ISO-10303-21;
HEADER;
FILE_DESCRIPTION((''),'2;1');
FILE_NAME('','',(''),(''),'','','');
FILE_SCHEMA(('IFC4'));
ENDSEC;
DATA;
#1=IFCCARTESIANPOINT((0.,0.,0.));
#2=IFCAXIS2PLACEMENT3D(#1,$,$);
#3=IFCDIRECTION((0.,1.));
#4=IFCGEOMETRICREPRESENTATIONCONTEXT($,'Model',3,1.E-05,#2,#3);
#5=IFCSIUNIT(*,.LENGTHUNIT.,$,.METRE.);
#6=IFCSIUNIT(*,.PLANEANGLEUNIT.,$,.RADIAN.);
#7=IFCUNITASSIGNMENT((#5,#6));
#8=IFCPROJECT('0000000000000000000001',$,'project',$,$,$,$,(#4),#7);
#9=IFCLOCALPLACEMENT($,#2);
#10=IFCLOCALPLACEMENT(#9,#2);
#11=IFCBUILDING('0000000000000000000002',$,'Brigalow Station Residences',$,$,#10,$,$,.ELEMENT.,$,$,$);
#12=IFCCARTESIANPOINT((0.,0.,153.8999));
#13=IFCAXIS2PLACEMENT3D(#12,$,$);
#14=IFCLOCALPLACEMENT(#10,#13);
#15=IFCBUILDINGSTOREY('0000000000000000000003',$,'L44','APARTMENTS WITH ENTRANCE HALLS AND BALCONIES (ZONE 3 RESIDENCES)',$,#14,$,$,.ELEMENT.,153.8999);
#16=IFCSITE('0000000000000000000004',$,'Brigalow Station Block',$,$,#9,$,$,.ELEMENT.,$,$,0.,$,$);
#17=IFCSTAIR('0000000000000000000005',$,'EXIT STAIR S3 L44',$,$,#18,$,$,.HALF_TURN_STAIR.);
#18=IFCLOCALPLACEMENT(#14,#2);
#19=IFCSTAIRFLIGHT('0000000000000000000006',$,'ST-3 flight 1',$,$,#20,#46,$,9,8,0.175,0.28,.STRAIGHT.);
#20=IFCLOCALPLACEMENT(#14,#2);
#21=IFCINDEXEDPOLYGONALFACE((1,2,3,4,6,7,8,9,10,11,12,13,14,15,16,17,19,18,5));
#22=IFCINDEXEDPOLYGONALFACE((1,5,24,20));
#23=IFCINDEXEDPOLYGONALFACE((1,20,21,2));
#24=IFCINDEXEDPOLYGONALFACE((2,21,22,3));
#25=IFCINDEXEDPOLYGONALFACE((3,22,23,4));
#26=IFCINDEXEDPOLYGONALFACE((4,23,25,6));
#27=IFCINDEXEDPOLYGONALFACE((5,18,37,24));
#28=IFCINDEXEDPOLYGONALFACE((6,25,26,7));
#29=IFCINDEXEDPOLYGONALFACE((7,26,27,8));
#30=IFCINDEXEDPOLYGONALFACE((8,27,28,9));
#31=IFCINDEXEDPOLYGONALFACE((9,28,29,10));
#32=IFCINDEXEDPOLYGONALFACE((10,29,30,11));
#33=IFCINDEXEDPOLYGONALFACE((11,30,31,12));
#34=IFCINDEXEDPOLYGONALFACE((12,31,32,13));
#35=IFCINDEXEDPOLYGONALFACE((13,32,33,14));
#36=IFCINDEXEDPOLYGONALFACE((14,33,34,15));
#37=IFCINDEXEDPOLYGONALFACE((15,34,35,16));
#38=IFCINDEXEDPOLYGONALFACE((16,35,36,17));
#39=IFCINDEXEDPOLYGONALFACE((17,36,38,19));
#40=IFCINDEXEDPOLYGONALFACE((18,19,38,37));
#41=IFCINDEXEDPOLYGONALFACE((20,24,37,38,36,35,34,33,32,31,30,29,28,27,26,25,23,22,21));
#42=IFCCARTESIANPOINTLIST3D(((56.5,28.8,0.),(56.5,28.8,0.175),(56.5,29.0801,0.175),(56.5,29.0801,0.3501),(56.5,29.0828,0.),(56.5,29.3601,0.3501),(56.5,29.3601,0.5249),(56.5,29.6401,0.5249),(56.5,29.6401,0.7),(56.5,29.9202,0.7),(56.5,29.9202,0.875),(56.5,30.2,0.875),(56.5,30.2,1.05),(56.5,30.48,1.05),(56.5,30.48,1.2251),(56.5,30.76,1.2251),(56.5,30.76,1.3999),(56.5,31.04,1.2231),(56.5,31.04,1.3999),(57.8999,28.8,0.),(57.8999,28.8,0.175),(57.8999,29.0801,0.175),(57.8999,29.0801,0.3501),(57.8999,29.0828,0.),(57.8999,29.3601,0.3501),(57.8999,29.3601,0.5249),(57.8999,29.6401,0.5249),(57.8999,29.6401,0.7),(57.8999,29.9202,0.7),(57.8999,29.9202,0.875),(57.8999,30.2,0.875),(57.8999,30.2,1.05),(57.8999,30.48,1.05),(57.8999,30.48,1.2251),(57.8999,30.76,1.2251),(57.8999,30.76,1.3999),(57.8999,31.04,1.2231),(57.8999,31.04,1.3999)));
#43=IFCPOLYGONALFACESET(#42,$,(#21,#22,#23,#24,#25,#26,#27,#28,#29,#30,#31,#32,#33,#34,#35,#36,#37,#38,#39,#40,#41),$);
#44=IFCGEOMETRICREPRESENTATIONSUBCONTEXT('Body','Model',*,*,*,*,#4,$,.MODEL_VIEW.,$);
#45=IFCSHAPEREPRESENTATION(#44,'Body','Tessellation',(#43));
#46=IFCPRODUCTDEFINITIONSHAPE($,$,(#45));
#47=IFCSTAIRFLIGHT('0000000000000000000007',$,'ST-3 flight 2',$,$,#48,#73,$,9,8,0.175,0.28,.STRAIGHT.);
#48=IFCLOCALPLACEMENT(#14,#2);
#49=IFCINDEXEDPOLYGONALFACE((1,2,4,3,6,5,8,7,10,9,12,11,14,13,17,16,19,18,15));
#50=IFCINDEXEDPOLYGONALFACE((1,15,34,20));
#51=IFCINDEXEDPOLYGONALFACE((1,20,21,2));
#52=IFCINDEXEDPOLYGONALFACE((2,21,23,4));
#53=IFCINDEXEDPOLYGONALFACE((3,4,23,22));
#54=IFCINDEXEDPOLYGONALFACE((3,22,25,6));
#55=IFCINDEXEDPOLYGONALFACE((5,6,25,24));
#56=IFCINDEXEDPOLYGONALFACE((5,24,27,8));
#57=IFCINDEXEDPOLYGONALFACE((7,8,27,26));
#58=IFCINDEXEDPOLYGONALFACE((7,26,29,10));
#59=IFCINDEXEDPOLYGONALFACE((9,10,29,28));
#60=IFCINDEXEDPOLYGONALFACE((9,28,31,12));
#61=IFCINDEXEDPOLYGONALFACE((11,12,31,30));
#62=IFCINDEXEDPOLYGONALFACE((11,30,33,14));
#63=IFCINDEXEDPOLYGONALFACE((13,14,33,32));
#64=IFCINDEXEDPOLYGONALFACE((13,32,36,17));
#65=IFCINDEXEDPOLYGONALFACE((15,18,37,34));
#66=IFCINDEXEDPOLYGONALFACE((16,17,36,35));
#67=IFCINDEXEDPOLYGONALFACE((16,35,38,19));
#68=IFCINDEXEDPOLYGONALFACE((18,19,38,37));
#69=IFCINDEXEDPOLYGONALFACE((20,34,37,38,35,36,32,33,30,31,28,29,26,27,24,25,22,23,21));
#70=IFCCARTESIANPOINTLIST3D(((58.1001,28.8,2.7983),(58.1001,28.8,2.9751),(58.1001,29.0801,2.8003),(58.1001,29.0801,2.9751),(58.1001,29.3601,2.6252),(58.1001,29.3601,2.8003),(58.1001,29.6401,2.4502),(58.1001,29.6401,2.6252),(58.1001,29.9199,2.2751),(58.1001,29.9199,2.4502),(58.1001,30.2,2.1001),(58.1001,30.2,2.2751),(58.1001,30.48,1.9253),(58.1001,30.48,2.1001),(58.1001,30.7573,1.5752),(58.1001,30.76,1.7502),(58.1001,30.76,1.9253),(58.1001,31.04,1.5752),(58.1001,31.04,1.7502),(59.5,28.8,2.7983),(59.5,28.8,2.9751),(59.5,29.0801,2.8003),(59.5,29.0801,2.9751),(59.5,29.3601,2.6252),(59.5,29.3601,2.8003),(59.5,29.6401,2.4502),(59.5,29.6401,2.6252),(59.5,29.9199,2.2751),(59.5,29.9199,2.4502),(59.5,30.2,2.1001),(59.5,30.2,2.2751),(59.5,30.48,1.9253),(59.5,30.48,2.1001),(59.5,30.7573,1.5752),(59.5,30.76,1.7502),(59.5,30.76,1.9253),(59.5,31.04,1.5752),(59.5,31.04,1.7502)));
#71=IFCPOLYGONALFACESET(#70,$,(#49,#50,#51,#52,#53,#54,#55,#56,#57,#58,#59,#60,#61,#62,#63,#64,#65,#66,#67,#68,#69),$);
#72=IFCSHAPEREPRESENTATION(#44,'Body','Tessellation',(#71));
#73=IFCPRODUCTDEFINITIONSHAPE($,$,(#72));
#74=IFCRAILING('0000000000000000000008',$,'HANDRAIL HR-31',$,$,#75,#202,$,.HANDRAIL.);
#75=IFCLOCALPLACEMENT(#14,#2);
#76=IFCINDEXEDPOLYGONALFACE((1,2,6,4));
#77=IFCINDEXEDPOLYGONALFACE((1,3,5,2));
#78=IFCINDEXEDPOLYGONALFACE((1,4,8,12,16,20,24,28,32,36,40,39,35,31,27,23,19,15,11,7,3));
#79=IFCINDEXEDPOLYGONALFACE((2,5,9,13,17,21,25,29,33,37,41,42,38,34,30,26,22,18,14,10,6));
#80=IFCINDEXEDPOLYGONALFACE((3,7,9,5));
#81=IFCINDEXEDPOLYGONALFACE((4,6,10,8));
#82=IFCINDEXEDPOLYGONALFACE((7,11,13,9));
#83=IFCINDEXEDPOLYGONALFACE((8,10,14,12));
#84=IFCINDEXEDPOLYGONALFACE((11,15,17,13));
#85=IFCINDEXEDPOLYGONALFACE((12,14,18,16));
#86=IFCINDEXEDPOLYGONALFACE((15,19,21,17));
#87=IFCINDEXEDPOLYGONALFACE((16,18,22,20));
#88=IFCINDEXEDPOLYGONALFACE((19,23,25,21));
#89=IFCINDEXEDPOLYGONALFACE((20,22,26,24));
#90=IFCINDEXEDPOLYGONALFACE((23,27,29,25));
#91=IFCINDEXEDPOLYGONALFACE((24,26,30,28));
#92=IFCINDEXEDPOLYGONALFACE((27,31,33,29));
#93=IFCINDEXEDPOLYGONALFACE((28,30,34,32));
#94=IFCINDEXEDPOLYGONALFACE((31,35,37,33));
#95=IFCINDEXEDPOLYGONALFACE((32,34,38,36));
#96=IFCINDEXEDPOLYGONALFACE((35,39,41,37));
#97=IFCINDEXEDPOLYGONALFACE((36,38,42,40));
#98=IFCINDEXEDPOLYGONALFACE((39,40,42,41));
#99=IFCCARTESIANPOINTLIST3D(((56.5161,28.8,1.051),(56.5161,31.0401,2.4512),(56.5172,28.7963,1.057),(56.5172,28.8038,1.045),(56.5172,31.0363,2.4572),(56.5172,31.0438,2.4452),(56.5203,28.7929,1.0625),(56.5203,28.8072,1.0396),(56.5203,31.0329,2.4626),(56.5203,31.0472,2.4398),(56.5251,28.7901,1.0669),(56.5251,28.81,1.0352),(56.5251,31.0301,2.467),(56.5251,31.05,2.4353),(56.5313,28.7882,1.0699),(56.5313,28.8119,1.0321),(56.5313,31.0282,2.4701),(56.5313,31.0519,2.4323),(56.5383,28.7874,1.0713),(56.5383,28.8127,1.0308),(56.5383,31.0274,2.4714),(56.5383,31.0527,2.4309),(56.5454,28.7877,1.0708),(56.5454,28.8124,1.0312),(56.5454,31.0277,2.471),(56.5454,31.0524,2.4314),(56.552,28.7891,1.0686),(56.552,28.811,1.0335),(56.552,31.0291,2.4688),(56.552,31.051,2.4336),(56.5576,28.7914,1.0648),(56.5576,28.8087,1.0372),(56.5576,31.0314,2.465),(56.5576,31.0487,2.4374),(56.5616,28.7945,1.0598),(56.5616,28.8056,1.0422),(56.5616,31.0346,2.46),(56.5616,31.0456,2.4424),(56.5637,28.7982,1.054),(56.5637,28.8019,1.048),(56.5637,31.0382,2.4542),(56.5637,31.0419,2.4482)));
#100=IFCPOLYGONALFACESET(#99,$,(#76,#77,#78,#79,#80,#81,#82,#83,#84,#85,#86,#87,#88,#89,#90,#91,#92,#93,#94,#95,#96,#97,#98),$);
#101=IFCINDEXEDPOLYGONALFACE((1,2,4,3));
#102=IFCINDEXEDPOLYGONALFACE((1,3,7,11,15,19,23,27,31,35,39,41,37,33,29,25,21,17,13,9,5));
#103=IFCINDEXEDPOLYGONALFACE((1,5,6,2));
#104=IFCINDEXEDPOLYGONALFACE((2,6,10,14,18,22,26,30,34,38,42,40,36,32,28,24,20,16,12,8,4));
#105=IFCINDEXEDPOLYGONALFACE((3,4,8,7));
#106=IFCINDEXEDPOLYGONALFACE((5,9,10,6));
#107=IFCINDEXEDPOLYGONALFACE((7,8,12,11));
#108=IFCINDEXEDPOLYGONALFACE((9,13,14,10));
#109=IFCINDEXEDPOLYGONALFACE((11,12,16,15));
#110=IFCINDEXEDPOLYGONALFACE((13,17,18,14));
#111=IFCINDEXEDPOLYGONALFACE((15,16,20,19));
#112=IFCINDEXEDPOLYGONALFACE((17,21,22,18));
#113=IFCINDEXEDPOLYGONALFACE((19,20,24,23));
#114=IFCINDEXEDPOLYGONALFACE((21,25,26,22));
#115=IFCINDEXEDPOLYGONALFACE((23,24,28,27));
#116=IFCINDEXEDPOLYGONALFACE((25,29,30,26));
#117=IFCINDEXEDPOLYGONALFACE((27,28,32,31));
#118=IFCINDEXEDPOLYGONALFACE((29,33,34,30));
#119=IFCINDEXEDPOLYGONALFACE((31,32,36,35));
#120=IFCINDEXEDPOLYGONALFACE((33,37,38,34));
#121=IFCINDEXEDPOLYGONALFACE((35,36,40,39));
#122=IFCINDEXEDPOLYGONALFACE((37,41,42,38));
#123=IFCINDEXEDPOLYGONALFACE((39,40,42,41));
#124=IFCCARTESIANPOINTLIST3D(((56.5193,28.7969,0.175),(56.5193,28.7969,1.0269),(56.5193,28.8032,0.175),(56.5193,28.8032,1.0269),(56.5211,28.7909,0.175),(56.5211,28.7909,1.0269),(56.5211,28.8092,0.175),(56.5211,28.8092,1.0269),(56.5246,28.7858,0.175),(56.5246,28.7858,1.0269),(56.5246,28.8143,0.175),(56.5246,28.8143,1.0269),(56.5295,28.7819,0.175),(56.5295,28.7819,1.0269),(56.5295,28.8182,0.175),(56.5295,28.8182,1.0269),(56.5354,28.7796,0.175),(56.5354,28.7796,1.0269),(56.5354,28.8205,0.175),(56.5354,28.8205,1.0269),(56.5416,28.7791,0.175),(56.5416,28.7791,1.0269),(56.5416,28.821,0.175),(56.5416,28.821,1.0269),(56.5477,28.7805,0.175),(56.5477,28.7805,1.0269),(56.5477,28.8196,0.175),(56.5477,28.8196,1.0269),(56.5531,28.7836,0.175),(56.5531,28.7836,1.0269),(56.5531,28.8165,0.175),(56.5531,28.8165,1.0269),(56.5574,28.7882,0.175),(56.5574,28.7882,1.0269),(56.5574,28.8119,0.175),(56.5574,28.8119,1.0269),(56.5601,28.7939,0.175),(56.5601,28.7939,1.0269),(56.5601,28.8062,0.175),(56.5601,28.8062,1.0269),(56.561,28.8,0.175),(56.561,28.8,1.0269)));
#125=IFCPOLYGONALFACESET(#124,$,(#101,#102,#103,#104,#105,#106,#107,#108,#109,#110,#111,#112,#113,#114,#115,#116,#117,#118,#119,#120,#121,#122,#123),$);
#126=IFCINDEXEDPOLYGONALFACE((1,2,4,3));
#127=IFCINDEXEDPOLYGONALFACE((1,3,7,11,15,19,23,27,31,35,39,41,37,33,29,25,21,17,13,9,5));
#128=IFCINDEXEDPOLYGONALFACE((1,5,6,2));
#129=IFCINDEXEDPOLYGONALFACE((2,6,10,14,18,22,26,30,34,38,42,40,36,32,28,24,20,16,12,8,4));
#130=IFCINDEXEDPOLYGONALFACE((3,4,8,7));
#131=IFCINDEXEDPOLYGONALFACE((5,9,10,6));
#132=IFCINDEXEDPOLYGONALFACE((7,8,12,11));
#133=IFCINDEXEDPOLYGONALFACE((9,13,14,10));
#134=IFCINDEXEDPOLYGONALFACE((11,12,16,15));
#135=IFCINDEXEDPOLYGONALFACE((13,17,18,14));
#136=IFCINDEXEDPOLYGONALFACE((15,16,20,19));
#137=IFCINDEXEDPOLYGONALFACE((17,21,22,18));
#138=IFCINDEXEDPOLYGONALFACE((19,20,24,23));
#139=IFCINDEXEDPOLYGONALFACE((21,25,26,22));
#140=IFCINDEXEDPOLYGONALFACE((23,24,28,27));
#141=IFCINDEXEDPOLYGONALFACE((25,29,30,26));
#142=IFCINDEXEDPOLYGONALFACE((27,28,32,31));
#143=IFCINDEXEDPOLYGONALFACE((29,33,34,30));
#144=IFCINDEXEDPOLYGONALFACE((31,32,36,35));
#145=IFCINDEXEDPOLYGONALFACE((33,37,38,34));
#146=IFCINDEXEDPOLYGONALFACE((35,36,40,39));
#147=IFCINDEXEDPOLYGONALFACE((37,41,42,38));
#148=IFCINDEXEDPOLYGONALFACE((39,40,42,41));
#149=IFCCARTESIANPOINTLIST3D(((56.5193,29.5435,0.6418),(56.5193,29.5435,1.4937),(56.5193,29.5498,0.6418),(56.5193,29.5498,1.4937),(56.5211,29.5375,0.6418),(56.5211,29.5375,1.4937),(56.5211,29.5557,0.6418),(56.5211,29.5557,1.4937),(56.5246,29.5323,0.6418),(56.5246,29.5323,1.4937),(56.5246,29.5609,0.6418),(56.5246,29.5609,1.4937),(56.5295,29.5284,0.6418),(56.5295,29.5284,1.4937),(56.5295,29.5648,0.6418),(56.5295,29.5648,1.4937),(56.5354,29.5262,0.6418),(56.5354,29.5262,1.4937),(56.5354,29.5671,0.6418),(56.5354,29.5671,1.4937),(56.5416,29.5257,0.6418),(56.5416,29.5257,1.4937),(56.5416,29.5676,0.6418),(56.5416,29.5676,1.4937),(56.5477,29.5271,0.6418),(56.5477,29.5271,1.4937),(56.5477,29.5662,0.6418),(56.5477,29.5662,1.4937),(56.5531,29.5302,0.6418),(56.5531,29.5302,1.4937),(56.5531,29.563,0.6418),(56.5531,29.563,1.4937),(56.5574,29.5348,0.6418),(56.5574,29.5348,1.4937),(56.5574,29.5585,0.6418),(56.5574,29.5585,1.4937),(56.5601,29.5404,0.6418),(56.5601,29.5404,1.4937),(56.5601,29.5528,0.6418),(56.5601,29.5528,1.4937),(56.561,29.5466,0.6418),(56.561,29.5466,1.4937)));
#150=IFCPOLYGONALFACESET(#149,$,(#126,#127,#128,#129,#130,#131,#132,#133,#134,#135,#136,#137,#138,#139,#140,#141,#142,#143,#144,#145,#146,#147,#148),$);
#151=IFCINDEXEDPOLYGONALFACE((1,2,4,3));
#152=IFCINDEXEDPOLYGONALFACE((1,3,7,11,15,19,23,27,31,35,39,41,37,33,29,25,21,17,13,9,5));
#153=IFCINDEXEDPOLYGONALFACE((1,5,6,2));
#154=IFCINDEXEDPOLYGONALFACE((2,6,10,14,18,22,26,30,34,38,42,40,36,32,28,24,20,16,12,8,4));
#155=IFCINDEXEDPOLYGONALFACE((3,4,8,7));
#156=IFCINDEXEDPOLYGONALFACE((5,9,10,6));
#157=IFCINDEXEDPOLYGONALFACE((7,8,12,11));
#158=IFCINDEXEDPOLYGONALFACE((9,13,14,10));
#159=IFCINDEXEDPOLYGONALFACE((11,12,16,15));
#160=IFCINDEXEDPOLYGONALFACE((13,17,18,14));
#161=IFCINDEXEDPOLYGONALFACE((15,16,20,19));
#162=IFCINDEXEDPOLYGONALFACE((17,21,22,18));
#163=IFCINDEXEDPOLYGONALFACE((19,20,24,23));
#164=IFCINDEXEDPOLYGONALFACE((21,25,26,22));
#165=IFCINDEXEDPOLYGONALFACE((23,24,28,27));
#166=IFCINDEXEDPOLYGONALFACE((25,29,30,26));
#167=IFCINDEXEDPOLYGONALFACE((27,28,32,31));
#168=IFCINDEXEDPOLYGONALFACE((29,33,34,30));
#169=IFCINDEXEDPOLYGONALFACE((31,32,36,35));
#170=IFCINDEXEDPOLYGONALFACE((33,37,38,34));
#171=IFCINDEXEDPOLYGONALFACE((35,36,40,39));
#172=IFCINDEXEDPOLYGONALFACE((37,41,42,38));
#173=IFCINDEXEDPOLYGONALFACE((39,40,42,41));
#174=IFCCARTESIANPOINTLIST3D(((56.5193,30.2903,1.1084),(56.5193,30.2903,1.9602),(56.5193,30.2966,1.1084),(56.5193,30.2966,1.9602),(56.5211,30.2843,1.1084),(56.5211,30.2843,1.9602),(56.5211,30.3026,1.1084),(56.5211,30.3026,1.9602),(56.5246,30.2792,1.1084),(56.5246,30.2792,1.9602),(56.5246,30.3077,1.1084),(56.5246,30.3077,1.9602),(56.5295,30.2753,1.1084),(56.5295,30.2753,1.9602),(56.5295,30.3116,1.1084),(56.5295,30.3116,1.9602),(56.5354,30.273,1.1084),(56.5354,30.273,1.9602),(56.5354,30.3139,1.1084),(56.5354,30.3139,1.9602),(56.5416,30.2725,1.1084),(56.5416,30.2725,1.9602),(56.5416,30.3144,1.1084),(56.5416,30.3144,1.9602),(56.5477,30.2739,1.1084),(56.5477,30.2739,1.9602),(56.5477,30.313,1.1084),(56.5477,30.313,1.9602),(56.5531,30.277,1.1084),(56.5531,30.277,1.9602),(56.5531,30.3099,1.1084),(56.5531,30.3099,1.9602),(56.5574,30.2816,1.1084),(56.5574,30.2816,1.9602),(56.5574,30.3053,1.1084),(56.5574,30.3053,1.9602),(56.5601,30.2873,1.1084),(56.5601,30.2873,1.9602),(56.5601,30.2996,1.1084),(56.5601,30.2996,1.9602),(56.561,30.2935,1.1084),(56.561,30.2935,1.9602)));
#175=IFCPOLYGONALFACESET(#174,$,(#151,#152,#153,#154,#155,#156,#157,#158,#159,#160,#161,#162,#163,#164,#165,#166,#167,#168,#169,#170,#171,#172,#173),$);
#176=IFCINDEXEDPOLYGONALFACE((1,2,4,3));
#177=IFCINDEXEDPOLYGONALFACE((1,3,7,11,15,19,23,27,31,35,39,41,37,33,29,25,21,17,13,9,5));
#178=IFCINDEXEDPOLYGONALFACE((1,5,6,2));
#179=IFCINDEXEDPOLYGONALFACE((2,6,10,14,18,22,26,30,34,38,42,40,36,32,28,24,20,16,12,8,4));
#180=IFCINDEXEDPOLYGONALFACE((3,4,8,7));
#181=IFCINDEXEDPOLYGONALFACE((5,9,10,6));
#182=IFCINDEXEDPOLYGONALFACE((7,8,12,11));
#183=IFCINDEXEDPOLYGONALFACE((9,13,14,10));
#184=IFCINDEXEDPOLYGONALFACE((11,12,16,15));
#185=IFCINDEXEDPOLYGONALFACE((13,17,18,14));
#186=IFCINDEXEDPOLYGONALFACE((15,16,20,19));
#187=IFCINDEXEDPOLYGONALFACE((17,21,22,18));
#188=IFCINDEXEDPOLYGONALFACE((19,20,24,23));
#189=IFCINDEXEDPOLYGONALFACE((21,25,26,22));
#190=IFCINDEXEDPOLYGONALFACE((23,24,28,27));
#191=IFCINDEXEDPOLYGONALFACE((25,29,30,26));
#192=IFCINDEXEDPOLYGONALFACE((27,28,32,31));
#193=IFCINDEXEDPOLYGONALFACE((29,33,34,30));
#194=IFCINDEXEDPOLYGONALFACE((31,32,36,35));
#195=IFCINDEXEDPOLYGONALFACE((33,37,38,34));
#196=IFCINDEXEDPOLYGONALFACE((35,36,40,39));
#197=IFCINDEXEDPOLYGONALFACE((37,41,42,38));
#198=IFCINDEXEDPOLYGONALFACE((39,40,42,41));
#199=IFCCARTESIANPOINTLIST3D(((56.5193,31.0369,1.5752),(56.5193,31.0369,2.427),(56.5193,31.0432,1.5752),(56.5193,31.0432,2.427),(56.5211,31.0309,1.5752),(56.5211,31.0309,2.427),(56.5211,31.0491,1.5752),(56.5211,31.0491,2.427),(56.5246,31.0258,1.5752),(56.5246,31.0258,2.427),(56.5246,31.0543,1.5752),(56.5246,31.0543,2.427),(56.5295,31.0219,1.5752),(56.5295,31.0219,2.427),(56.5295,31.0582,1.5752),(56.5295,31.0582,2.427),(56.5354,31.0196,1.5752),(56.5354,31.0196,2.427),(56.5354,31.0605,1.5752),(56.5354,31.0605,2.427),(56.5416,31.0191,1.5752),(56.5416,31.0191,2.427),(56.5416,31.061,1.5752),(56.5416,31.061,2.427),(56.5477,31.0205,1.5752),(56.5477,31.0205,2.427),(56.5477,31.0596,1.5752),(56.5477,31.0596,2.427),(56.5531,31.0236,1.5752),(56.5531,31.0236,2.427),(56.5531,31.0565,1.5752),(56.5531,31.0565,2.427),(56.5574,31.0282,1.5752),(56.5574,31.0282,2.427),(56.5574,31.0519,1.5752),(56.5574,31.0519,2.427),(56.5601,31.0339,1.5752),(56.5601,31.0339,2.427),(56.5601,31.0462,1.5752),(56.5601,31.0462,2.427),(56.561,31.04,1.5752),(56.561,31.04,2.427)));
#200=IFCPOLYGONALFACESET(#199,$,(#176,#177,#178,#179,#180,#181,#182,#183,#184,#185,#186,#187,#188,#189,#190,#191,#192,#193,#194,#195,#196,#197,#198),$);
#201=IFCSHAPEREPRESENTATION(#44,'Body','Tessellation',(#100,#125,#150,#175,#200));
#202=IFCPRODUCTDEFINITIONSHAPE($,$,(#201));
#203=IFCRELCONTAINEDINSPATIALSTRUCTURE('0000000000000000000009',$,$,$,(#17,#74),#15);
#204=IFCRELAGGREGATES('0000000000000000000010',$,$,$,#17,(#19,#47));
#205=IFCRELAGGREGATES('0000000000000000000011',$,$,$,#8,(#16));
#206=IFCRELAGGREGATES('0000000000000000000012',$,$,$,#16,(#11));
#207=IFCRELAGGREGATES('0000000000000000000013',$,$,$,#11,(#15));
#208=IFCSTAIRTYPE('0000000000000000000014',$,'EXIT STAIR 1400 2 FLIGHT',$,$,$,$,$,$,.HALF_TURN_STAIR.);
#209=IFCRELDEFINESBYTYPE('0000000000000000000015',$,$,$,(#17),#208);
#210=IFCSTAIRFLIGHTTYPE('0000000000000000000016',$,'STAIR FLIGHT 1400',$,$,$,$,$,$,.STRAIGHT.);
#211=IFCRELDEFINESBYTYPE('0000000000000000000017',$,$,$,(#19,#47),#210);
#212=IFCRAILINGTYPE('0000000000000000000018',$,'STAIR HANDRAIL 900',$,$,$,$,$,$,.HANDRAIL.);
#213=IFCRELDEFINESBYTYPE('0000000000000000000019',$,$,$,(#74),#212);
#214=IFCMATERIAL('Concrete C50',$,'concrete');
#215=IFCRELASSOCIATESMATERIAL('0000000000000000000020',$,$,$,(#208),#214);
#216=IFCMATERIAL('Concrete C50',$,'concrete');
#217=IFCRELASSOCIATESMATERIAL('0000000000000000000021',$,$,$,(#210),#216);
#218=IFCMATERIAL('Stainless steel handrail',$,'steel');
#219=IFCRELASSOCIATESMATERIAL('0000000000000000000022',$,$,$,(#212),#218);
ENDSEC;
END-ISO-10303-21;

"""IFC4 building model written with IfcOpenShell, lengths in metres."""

from ifc_helpers import new_model, si_unit, direction, frame, origin, origin_2d, place, context, subcontext, project, spatial, polyline, circle, outline, extrude, material, type_object, element, aggregate, save


model = new_model("IFC4")

# Units and contexts
model_context = context("Model", 3, precision=1e-05, world=origin(), true_north=direction((0.0, 1.0)))
body_context = subcontext(model_context, "Body", "Model", "MODEL_VIEW")
ifc_project = project(units=[si_unit("LENGTHUNIT", "METRE"), si_unit("PLANEANGLEUNIT", "RADIAN")], contexts=[model_context])

# Site, building, storey
site_placement = place(None, origin())
site = spatial("IfcSite", under=ifc_project, at=site_placement, Name="Brigalow Station Block", CompositionType="ELEMENT", RefElevation=0.0)
building_placement = place(site_placement, origin())
building = spatial("IfcBuilding", under=site, at=building_placement, Name="Brigalow Station Residences", CompositionType="ELEMENT")
storey_placement = place(building_placement, frame((0.0, 0.0, 153.8999)))
storey = spatial("IfcBuildingStorey", under=building, at=storey_placement, Name="L44", Description="APARTMENTS WITH ENTRANCE HALLS AND BALCONIES (ZONE 3 RESIDENCES)", CompositionType="ELEMENT", Elevation=153.8999)

# Stair, stair flights
ifc_material_1 = material(Name="Concrete C50", Category="concrete")
stair_type = type_object("IfcStairType", Name="EXIT STAIR 1400 2 FLIGHT", PredefinedType="HALF_TURN_STAIR", material=ifc_material_1)
stair_placement = place(storey_placement, origin())
stair = element("IfcStair", 1, at=stair_placement, inside=storey, type_object=stair_type, Name="EXIT STAIR S3 L44", PredefinedType="HALF_TURN_STAIR")
ifc_material_2 = material(Name="Concrete C50", Category="concrete")
stair_flight_type = type_object("IfcStairFlightType", Name="STAIR FLIGHT 1400", PredefinedType="STRAIGHT", material=ifc_material_2)
stair_flight_1_placement = place(storey_placement, frame((57.2, 28.8, 0.0), z_axis=(0.0, 0.0, 1.0), x_axis=(0.0, 1.0, 0.0)))
stair_flight_1 = element("IfcStairFlight", 2, at=stair_flight_1_placement, type_object=stair_flight_type, Name="ST-3 flight 1", NumberOfRisers=9, NumberOfTreads=8, PredefinedType="STRAIGHT", RiserHeight=0.175, TreadLength=0.28, context=body_context, shape_type="SweptSolid", body=[
    extrude(outline(polyline([(0.0, 0.0), (0.0, 0.175), (0.28, 0.175), (0.28, 0.3501), (0.5601, 0.3501), (0.5601, 0.5249), (0.8401, 0.5249), (0.8401, 0.7), (1.1201, 0.7), (1.1201, 0.875), (1.3999, 0.875), (1.3999, 1.05), (1.6799, 1.05), (1.6799, 1.2251), (1.96, 1.2251), (1.96, 1.3999), (2.24, 1.3999), (2.24, 1.575), (2.24, 1.2231), (0.2827, 0.0), (0.0, 0.0)])), frame((0.0, 0.7, 0.0), z_axis=(0.0, -1.0, 0.0), x_axis=(1.0, 0.0, 0.0)), (0.0, 0.0, 1.0), 1.3999),
])
stair_flight_2_placement = place(storey_placement, frame((58.8, 31.04, 1.5752), z_axis=(0.0, 0.0, 1.0), x_axis=(0.0, -1.0, 0.0)))
stair_flight_2 = element("IfcStairFlight", 3, at=stair_flight_2_placement, type_object=stair_flight_type, Name="ST-3 flight 2", NumberOfRisers=9, NumberOfTreads=8, PredefinedType="STRAIGHT", RiserHeight=0.175, TreadLength=0.28, context=body_context, shape_type="SweptSolid", body=[
    extrude(outline(polyline([(0.0, 0.0), (0.0, 0.175), (0.28, 0.175), (0.28, 0.3501), (0.5601, 0.3501), (0.5601, 0.5249), (0.8401, 0.5249), (0.8401, 0.7), (1.1201, 0.7), (1.1201, 0.875), (1.3999, 0.875), (1.3999, 1.05), (1.6799, 1.05), (1.6799, 1.2251), (1.96, 1.2251), (1.96, 1.3999), (2.24, 1.3999), (2.24, 1.575), (2.24, 1.2231), (0.2827, 0.0), (0.0, 0.0)])), frame((0.0, 0.7, 0.0), z_axis=(0.0, -1.0, 0.0), x_axis=(1.0, 0.0, 0.0)), (0.0, 0.0, 1.0), 1.3999),
])
aggregate(stair, [stair_flight_1, stair_flight_2])

# Railing
ifc_material_3 = material(Name="Stainless steel handrail", Category="steel")
railing_type_1 = type_object("IfcRailingType", Name="STAIR HANDRAIL 900", PredefinedType="HANDRAIL", material=ifc_material_3)
railing_1_placement = place(storey_placement, frame((56.54, 28.8, 0.175)))
element("IfcRailing", 4, at=railing_1_placement, inside=storey, type_object=railing_type_1, Name="HANDRAIL HR-31", PredefinedType="HANDRAIL", context=body_context, shape_type="SweptSolid", body=[
    extrude(circle(Radius=0.0239, at=origin_2d()), frame((0.0, 0.0, 0.876), z_axis=(0.0, 0.847972, 0.53004), x_axis=(-1.0, 0.0, 0.0)), (0.0, 0.0, 1.0), 2.6416),
    extrude(circle(Radius=0.021, at=origin_2d()), origin(), (0.0, 0.0, 1.0), 0.8518),
    extrude(circle(Radius=0.021, at=origin_2d()), frame((0.0, 0.7466, 0.4668)), (0.0, 0.0, 1.0), 0.8518),
    extrude(circle(Radius=0.021, at=origin_2d()), frame((0.0, 1.4934, 0.9333)), (0.0, 0.0, 1.0), 0.8518),
    extrude(circle(Radius=0.021, at=origin_2d()), frame((0.0, 2.24, 1.4001)), (0.0, 0.0, 1.0), 0.8518),
])

save(model, "model.ifc")
